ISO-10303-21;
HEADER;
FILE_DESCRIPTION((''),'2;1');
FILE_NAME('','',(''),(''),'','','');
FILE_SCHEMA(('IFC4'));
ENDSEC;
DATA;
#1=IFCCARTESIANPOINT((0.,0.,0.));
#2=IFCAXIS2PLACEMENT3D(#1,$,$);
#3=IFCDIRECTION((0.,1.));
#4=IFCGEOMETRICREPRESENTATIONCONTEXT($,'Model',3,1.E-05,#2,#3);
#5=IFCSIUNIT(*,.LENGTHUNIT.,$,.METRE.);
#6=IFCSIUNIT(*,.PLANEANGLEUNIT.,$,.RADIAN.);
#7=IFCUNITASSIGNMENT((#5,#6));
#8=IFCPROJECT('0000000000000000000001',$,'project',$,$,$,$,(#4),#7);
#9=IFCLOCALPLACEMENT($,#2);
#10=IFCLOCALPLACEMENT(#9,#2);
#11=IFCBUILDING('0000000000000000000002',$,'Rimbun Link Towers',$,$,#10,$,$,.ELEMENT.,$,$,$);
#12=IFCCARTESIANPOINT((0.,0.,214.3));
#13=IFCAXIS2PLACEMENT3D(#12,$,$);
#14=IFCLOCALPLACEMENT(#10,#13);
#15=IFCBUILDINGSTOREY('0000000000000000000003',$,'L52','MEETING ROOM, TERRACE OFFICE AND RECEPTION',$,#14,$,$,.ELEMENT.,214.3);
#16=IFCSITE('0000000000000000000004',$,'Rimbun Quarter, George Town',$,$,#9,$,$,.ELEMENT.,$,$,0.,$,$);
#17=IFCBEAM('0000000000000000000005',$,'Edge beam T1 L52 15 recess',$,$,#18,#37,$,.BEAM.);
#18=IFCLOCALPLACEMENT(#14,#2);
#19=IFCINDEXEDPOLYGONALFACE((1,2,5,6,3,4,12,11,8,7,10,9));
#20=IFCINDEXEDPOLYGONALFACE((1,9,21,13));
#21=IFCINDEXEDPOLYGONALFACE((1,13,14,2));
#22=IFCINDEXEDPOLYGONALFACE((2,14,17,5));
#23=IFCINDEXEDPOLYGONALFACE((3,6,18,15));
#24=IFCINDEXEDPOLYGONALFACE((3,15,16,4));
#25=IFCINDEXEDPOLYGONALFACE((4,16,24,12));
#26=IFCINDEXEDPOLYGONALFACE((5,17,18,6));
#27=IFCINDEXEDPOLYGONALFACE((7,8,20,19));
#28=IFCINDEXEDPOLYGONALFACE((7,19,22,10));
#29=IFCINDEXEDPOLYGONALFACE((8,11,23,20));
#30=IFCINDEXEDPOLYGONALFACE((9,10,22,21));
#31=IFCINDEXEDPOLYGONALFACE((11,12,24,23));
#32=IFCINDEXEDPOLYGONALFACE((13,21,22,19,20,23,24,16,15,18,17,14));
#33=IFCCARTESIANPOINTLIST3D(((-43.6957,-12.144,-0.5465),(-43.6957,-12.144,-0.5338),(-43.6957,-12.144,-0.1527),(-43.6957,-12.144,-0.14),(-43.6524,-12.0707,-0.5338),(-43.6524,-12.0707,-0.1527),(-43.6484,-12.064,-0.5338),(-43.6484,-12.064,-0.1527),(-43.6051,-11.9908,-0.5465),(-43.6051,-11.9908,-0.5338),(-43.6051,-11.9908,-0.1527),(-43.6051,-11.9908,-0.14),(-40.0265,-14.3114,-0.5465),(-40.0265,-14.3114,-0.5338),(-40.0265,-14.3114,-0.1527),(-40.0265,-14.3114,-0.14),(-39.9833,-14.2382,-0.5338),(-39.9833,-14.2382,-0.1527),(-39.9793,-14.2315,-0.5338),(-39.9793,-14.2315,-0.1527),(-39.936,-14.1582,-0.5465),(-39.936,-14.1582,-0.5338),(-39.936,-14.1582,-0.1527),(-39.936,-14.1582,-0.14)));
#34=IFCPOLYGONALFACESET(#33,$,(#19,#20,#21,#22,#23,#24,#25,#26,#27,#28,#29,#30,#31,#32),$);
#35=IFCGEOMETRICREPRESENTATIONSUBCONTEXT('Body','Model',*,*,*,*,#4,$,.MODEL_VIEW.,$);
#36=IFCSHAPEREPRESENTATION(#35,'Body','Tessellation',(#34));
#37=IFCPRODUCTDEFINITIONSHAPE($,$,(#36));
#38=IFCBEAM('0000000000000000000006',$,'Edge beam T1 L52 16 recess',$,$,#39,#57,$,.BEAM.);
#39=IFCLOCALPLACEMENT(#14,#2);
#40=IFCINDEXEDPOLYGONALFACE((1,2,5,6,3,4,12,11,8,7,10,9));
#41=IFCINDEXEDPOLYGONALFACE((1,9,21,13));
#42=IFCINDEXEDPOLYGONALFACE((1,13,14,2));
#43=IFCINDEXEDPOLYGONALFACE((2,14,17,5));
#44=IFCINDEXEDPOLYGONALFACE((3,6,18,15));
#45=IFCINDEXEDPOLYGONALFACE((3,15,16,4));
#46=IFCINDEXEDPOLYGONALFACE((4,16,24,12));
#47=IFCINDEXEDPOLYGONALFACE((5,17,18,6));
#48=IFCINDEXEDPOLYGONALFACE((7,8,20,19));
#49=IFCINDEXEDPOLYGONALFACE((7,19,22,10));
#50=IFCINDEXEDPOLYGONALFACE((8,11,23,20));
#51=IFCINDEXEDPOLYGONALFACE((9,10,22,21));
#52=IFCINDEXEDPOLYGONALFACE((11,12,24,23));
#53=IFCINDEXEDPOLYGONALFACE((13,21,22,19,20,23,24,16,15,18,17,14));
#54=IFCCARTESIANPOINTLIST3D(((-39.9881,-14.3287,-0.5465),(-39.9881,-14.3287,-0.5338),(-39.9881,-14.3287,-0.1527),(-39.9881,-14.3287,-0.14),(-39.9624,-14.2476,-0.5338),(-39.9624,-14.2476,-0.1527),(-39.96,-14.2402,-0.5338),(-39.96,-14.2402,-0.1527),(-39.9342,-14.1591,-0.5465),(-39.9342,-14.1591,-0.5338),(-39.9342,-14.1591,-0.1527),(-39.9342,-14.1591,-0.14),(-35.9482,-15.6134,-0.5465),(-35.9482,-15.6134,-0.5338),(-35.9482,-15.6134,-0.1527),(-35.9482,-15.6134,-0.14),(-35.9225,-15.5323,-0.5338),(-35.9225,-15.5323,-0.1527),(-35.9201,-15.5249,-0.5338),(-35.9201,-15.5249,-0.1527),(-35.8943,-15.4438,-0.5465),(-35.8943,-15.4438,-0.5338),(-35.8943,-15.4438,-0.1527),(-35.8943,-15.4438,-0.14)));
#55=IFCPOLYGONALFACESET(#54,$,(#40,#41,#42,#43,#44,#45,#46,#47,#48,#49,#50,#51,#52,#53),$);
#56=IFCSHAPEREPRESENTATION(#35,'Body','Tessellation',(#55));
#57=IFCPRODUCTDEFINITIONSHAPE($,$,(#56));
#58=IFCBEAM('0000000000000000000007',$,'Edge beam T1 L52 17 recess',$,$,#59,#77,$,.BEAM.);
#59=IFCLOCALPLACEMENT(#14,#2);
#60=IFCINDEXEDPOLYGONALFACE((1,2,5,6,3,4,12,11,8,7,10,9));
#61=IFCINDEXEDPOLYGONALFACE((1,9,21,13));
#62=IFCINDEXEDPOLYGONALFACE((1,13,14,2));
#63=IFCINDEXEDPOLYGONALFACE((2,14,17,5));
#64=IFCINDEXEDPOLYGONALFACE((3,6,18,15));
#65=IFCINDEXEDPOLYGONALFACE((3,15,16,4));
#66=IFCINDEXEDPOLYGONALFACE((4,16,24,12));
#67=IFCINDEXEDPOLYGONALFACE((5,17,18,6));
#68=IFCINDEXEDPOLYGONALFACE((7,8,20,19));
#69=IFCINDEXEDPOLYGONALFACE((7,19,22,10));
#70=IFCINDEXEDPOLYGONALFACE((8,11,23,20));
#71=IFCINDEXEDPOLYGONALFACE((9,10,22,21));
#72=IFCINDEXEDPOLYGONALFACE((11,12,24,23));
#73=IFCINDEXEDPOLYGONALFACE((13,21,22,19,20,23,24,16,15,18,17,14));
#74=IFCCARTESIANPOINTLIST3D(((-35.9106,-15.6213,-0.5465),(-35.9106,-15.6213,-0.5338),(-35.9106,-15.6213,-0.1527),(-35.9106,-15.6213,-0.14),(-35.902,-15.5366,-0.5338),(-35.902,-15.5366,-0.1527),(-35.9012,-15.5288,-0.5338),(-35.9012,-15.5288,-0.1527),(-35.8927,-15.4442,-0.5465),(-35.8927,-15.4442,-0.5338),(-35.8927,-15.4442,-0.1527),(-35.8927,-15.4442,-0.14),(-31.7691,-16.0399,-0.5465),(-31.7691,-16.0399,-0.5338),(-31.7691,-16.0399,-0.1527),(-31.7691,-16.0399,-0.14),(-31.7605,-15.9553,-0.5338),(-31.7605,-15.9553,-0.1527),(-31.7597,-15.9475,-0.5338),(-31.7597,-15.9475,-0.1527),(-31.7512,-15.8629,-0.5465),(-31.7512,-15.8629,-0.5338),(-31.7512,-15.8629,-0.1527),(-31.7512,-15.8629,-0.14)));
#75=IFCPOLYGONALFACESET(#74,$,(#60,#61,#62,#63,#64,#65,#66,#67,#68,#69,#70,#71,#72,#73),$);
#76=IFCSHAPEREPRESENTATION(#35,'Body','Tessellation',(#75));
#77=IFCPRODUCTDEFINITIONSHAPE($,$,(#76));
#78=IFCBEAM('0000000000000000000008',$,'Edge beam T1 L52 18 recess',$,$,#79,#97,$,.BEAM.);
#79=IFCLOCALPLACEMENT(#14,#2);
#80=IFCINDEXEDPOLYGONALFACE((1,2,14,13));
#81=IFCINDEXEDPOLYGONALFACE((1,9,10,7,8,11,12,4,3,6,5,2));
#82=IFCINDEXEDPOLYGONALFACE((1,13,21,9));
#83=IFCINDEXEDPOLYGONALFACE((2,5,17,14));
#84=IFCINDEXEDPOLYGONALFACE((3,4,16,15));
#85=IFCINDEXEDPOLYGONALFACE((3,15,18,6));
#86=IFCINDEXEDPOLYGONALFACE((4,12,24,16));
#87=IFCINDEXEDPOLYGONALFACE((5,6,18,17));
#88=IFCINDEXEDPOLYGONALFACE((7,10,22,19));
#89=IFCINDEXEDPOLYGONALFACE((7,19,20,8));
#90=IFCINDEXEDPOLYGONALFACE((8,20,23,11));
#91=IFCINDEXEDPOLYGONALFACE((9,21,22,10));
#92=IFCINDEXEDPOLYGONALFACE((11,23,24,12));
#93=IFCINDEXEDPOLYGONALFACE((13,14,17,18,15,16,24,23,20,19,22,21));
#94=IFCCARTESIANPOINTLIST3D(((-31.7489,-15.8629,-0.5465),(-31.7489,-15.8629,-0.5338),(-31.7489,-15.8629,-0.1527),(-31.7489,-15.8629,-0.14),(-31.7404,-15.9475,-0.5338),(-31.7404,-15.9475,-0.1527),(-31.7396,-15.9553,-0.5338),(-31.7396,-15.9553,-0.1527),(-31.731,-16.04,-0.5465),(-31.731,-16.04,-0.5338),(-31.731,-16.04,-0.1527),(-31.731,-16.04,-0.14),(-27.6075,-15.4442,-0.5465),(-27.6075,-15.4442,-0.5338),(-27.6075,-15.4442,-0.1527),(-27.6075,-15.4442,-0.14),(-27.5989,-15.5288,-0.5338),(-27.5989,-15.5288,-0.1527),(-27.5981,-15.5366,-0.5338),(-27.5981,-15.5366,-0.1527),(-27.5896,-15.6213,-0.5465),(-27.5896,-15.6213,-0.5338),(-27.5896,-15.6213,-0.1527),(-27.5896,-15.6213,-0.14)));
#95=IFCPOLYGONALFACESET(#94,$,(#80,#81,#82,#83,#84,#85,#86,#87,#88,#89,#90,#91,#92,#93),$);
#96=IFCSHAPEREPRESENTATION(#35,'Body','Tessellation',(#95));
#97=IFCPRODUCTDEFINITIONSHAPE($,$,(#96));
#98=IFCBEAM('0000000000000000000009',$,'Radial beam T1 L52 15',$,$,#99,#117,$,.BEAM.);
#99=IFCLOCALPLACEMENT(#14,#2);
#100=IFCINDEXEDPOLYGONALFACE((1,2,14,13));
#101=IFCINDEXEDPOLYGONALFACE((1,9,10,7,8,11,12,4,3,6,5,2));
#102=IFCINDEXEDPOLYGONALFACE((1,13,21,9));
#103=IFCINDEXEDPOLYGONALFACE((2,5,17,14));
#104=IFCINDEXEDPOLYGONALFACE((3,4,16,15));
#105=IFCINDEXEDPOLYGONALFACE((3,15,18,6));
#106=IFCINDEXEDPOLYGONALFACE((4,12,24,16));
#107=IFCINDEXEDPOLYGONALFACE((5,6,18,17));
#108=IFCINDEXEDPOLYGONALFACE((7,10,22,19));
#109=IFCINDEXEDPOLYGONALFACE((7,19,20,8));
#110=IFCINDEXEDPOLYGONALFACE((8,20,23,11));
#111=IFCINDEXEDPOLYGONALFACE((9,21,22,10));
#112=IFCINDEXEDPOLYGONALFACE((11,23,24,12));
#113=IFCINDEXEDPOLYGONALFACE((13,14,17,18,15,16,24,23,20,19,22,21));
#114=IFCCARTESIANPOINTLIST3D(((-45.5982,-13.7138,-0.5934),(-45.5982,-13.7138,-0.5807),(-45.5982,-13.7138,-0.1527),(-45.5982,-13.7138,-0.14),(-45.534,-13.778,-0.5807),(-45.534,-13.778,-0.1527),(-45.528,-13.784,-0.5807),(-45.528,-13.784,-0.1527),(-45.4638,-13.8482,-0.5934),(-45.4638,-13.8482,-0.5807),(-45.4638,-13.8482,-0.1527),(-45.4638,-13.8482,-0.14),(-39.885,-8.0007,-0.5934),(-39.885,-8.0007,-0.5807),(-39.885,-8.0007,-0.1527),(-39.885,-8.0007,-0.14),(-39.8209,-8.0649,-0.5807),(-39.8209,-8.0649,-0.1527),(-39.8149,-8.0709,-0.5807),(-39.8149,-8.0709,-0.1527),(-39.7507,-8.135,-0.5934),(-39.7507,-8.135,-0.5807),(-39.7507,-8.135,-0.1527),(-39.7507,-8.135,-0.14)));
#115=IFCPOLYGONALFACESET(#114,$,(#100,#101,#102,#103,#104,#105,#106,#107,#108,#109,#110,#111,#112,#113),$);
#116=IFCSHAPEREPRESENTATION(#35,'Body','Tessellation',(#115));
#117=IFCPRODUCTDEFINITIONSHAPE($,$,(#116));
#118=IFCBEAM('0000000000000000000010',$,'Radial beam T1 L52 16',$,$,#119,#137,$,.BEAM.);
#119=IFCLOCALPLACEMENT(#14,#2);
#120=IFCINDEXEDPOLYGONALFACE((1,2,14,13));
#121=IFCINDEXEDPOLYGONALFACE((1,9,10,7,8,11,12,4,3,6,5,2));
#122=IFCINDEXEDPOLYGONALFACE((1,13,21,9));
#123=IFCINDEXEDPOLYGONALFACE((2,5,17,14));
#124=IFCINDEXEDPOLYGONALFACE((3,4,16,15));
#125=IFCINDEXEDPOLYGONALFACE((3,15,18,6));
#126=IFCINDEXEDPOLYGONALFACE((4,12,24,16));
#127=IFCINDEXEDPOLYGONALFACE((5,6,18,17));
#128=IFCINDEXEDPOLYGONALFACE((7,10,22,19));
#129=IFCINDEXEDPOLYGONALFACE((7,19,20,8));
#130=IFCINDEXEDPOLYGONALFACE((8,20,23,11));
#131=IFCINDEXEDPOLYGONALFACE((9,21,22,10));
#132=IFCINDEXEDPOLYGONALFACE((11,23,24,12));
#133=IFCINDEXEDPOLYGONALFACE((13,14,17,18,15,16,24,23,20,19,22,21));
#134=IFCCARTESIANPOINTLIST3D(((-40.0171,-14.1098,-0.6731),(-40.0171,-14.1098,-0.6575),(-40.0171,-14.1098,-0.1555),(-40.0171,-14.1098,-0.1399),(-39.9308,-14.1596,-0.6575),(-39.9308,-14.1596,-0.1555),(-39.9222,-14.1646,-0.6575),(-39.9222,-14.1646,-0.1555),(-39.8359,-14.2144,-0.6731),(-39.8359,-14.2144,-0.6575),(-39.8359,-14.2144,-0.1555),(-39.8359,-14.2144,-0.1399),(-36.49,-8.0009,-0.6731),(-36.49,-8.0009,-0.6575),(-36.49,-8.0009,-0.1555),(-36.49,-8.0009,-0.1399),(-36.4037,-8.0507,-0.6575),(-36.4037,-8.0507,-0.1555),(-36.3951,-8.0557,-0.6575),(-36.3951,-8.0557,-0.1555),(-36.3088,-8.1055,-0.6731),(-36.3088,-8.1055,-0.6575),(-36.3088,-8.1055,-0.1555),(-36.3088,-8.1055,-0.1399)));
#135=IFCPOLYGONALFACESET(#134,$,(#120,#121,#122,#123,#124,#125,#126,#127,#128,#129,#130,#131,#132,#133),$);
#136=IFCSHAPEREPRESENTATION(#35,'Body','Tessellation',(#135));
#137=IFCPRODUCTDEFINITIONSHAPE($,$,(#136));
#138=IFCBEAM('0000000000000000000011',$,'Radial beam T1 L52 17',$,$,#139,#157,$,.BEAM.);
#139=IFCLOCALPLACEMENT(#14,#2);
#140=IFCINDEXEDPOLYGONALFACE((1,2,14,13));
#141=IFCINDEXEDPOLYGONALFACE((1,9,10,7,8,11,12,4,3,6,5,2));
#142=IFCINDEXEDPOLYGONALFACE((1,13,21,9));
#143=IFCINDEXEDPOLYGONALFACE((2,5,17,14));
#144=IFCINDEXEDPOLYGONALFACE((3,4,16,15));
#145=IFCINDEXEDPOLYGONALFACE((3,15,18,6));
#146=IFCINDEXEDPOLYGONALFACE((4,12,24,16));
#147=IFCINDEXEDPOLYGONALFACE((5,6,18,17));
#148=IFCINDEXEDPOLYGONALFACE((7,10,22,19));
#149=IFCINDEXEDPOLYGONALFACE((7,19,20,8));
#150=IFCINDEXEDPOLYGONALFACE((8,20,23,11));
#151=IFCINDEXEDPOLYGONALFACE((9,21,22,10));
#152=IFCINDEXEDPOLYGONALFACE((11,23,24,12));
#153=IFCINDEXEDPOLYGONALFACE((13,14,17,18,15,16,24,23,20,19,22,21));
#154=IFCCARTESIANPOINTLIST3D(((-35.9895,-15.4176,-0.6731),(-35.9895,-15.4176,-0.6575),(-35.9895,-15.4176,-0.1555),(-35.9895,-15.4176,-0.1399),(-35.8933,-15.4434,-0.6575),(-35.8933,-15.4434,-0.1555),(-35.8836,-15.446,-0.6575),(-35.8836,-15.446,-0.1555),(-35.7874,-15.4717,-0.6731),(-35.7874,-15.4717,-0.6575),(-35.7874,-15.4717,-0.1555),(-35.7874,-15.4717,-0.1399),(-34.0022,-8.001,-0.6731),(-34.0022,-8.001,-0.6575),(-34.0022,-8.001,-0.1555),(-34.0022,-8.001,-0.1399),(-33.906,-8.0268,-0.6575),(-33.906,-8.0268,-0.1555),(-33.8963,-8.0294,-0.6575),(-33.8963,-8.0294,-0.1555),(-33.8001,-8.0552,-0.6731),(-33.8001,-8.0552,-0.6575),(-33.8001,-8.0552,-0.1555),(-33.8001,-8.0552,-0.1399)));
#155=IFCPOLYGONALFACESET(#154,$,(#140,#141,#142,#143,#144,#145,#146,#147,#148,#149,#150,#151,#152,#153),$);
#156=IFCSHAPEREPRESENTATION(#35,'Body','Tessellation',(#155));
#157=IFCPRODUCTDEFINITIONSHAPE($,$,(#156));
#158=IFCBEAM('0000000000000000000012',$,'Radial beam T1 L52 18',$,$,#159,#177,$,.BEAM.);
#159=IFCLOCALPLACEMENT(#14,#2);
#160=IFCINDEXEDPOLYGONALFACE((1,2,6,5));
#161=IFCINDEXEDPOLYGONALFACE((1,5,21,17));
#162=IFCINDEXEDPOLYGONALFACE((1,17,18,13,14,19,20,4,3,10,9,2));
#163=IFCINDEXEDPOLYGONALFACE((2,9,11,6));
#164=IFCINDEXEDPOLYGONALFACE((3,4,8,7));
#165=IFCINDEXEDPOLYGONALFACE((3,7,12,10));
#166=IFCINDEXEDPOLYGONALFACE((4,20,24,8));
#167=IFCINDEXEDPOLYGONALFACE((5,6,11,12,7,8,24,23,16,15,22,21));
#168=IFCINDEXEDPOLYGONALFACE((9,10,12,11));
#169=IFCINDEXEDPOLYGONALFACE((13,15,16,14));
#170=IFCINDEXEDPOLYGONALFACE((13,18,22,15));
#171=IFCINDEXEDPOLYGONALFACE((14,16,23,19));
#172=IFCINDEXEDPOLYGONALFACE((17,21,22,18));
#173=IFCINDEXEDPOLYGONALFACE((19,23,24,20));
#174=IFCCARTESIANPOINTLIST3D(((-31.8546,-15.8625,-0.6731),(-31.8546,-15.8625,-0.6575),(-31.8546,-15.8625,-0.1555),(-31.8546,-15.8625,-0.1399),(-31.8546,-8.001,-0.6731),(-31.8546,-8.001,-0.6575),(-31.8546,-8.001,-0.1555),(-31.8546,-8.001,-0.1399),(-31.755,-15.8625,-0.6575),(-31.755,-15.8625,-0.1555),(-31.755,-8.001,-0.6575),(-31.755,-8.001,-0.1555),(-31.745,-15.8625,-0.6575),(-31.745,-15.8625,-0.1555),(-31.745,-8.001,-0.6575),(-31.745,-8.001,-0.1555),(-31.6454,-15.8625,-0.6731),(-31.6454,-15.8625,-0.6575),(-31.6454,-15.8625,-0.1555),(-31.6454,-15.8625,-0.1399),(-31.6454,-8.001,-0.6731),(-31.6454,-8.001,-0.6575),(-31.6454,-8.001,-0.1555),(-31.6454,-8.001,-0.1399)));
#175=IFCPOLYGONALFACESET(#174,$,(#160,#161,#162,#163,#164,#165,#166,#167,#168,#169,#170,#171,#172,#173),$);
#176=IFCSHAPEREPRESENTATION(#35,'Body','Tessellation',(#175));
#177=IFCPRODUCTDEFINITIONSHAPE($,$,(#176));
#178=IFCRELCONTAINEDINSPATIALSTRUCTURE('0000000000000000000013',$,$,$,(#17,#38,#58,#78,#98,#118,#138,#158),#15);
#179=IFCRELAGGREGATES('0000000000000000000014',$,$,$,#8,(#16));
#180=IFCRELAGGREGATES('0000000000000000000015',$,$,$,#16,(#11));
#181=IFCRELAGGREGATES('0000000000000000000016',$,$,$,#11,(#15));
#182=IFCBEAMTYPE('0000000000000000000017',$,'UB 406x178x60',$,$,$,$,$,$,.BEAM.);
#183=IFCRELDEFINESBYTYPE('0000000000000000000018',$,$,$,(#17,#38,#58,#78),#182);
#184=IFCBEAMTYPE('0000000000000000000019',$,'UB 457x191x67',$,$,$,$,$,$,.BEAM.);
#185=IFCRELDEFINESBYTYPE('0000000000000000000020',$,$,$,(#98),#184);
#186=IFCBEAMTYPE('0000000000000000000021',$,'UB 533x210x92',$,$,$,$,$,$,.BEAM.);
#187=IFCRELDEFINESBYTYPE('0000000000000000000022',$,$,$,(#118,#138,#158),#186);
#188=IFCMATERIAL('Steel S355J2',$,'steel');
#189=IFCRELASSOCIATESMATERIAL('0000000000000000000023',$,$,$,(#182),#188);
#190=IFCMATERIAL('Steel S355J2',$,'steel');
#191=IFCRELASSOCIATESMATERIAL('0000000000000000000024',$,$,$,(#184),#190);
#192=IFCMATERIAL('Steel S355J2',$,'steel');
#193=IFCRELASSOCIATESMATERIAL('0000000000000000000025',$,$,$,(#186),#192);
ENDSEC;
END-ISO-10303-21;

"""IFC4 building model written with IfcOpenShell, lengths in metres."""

from ifc_helpers import new_model, si_unit, direction, frame, origin, origin_2d, place, context, subcontext, project, spatial, i_section, extrude, material, material_profile, profile_set, type_object, element, save


model = new_model("IFC4")

# Units and contexts
model_context = context("Model", 3, precision=1e-05, world=origin(), true_north=direction((0.0, 1.0)))
body_context = subcontext(model_context, "Body", "Model", "MODEL_VIEW")
ifc_project = project(units=[si_unit("LENGTHUNIT", "METRE"), si_unit("PLANEANGLEUNIT", "RADIAN")], contexts=[model_context])

# Site, building, storey
site_placement = place(None, origin())
site = spatial("IfcSite", under=ifc_project, at=site_placement, Name="Rimbun Quarter, George Town", CompositionType="ELEMENT", RefElevation=0.0)
building_placement = place(site_placement, origin())
building = spatial("IfcBuilding", under=site, at=building_placement, Name="Rimbun Link Towers", CompositionType="ELEMENT")
storey_placement = place(building_placement, frame((0.0, 0.0, 214.3)))
storey = spatial("IfcBuildingStorey", under=building, at=storey_placement, Name="L52", Description="MEETING ROOM, TERRACE OFFICE AND RECEPTION", CompositionType="ELEMENT", Elevation=214.3)

# Beams
ifc_material_1 = material(Name="Steel S355J2", Category="steel")
ifc_material_profile_1 = material_profile(ifc_material_1, i_section(OverallWidth=0.178, OverallDepth=0.4065, WebThickness=0.0078, FlangeThickness=0.0127, at=origin_2d()), Name="UB 406x178x60")
ifc_profile_set_1 = profile_set([ifc_material_profile_1], Name="Steel S355J2")
beam_type_1 = type_object("IfcBeamType", Name="UB 406x178x60", PredefinedType="BEAM", material=ifc_profile_set_1)
beam_1_placement = place(storey_placement, frame((-43.6504, -12.0674, -0.3433), z_axis=(0.860996, -0.508612, 0.0), x_axis=(0.508612, 0.860996, 0.0)))
element("IfcBeam", 1, at=beam_1_placement, inside=storey, type_object=beam_type_1, Name="Edge beam T1 L52 15 recess", PredefinedType="BEAM", context=body_context, shape_type="SweptSolid", body=[
    extrude(i_section(OverallWidth=0.178, OverallDepth=0.4065, WebThickness=0.0078, FlangeThickness=0.0127, at=origin_2d()), origin(), (0.0, 0.0, 1.0), 4.2615),
])
beam_2_placement = place(storey_placement, frame((-39.9612, -14.2439, -0.3433), z_axis=(0.952975, -0.303049, 0.0), x_axis=(0.303049, 0.952975, 0.0)))
element("IfcBeam", 2, at=beam_2_placement, inside=storey, type_object=beam_type_1, Name="Edge beam T1 L52 16 recess", PredefinedType="BEAM", context=body_context, shape_type="SweptSolid", body=[
    extrude(i_section(OverallWidth=0.178, OverallDepth=0.4065, WebThickness=0.0078, FlangeThickness=0.0127, at=origin_2d()), origin(), (0.0, 0.0, 1.0), 4.2393),
])
for number, where, z_axis, x_axis, name in (
    (3, (-35.9016, -15.5327, -0.3433), (0.994929, -0.100584, 0.0), (0.100584, 0.994929, 0.0), "Edge beam T1 L52 17 recess"),
    (4, (-31.74, -15.9514, -0.3433), (0.994929, 0.100584, 0.0), (-0.100584, 0.994929, 0.0), "Edge beam T1 L52 18 recess"),
):
    element("IfcBeam", number, at=place(storey_placement, frame(where, z_axis=z_axis, x_axis=x_axis)), inside=storey, type_object=beam_type_1, Name=name, PredefinedType="BEAM", context=body_context, shape_type="SweptSolid", body=[
        extrude(i_section(OverallWidth=0.178, OverallDepth=0.4065, WebThickness=0.0078, FlangeThickness=0.0127, at=origin_2d()), origin(), (0.0, 0.0, 1.0), 4.1626),
    ])
ifc_material_2 = material(Name="Steel S355J2", Category="steel")
ifc_material_profile_2 = material_profile(ifc_material_2, i_section(OverallWidth=0.1899, OverallDepth=0.4534, WebThickness=0.0085, FlangeThickness=0.0127, at=origin_2d()), Name="UB 457x191x67")
ifc_profile_set_2 = profile_set([ifc_material_profile_2], Name="Steel S355J2")
beam_type_2 = type_object("IfcBeamType", Name="UB 457x191x67", PredefinedType="BEAM", material=ifc_profile_set_2)
beam_3_placement = place(storey_placement, frame((-39.8179, -8.0679, -0.3667), z_axis=(-0.707107, -0.707107, 0.0), x_axis=(0.707107, -0.707107, 0.0)))
element("IfcBeam", 5, at=beam_3_placement, inside=storey, type_object=beam_type_2, Name="Radial beam T1 L52 15", PredefinedType="BEAM", context=body_context, shape_type="SweptSolid", body=[
    extrude(i_section(OverallWidth=0.1899, OverallDepth=0.4534, WebThickness=0.0085, FlangeThickness=0.0127, at=origin_2d()), origin(), (0.0, 0.0, 1.0), 8.0796),
])
ifc_material_3 = material(Name="Steel S355J2", Category="steel")
ifc_material_profile_3 = material_profile(ifc_material_3, i_section(OverallWidth=0.2092, OverallDepth=0.5332, WebThickness=0.01, FlangeThickness=0.0156, at=origin_2d()), Name="UB 533x210x92")
ifc_profile_set_3 = profile_set([ifc_material_profile_3], Name="Steel S355J2")
beam_type_3 = type_object("IfcBeamType", Name="UB 533x210x92", PredefinedType="BEAM", material=ifc_profile_set_3)
beam_4_placement = place(storey_placement, frame((-36.3994, -8.0532, -0.4065), z_axis=(-0.500014, -0.866017, 0.0), x_axis=(0.866017, -0.500014, 0.0)))
element("IfcBeam", 6, at=beam_4_placement, inside=storey, type_object=beam_type_3, Name="Radial beam T1 L52 16", PredefinedType="BEAM", context=body_context, shape_type="SweptSolid", body=[
    extrude(i_section(OverallWidth=0.2092, OverallDepth=0.5332, WebThickness=0.01, FlangeThickness=0.0156, at=origin_2d()), origin(), (0.0, 0.0, 1.0), 7.054),
])
beam_5_placement = place(storey_placement, frame((-33.9011, -8.0281, -0.4065), z_axis=(-0.258826, -0.965924, 0.0), x_axis=(0.965924, -0.258826, 0.0)))
element("IfcBeam", 7, at=beam_5_placement, inside=storey, type_object=beam_type_3, Name="Radial beam T1 L52 17", PredefinedType="BEAM", context=body_context, shape_type="SweptSolid", body=[
    extrude(i_section(OverallWidth=0.2092, OverallDepth=0.5332, WebThickness=0.01, FlangeThickness=0.0156, at=origin_2d()), origin(), (0.0, 0.0, 1.0), 7.6782),
])
beam_6_placement = place(storey_placement, frame((-31.75, -8.001, -0.4065), z_axis=(0.0, -1.0, 0.0), x_axis=(1.0, 0.0, 0.0)))
element("IfcBeam", 8, at=beam_6_placement, inside=storey, type_object=beam_type_3, Name="Radial beam T1 L52 18", PredefinedType="BEAM", context=body_context, shape_type="SweptSolid", body=[
    extrude(i_section(OverallWidth=0.2092, OverallDepth=0.5332, WebThickness=0.01, FlangeThickness=0.0156, at=origin_2d()), origin(), (0.0, 0.0, 1.0), 7.8616),
])

save(model, "model.ifc")
